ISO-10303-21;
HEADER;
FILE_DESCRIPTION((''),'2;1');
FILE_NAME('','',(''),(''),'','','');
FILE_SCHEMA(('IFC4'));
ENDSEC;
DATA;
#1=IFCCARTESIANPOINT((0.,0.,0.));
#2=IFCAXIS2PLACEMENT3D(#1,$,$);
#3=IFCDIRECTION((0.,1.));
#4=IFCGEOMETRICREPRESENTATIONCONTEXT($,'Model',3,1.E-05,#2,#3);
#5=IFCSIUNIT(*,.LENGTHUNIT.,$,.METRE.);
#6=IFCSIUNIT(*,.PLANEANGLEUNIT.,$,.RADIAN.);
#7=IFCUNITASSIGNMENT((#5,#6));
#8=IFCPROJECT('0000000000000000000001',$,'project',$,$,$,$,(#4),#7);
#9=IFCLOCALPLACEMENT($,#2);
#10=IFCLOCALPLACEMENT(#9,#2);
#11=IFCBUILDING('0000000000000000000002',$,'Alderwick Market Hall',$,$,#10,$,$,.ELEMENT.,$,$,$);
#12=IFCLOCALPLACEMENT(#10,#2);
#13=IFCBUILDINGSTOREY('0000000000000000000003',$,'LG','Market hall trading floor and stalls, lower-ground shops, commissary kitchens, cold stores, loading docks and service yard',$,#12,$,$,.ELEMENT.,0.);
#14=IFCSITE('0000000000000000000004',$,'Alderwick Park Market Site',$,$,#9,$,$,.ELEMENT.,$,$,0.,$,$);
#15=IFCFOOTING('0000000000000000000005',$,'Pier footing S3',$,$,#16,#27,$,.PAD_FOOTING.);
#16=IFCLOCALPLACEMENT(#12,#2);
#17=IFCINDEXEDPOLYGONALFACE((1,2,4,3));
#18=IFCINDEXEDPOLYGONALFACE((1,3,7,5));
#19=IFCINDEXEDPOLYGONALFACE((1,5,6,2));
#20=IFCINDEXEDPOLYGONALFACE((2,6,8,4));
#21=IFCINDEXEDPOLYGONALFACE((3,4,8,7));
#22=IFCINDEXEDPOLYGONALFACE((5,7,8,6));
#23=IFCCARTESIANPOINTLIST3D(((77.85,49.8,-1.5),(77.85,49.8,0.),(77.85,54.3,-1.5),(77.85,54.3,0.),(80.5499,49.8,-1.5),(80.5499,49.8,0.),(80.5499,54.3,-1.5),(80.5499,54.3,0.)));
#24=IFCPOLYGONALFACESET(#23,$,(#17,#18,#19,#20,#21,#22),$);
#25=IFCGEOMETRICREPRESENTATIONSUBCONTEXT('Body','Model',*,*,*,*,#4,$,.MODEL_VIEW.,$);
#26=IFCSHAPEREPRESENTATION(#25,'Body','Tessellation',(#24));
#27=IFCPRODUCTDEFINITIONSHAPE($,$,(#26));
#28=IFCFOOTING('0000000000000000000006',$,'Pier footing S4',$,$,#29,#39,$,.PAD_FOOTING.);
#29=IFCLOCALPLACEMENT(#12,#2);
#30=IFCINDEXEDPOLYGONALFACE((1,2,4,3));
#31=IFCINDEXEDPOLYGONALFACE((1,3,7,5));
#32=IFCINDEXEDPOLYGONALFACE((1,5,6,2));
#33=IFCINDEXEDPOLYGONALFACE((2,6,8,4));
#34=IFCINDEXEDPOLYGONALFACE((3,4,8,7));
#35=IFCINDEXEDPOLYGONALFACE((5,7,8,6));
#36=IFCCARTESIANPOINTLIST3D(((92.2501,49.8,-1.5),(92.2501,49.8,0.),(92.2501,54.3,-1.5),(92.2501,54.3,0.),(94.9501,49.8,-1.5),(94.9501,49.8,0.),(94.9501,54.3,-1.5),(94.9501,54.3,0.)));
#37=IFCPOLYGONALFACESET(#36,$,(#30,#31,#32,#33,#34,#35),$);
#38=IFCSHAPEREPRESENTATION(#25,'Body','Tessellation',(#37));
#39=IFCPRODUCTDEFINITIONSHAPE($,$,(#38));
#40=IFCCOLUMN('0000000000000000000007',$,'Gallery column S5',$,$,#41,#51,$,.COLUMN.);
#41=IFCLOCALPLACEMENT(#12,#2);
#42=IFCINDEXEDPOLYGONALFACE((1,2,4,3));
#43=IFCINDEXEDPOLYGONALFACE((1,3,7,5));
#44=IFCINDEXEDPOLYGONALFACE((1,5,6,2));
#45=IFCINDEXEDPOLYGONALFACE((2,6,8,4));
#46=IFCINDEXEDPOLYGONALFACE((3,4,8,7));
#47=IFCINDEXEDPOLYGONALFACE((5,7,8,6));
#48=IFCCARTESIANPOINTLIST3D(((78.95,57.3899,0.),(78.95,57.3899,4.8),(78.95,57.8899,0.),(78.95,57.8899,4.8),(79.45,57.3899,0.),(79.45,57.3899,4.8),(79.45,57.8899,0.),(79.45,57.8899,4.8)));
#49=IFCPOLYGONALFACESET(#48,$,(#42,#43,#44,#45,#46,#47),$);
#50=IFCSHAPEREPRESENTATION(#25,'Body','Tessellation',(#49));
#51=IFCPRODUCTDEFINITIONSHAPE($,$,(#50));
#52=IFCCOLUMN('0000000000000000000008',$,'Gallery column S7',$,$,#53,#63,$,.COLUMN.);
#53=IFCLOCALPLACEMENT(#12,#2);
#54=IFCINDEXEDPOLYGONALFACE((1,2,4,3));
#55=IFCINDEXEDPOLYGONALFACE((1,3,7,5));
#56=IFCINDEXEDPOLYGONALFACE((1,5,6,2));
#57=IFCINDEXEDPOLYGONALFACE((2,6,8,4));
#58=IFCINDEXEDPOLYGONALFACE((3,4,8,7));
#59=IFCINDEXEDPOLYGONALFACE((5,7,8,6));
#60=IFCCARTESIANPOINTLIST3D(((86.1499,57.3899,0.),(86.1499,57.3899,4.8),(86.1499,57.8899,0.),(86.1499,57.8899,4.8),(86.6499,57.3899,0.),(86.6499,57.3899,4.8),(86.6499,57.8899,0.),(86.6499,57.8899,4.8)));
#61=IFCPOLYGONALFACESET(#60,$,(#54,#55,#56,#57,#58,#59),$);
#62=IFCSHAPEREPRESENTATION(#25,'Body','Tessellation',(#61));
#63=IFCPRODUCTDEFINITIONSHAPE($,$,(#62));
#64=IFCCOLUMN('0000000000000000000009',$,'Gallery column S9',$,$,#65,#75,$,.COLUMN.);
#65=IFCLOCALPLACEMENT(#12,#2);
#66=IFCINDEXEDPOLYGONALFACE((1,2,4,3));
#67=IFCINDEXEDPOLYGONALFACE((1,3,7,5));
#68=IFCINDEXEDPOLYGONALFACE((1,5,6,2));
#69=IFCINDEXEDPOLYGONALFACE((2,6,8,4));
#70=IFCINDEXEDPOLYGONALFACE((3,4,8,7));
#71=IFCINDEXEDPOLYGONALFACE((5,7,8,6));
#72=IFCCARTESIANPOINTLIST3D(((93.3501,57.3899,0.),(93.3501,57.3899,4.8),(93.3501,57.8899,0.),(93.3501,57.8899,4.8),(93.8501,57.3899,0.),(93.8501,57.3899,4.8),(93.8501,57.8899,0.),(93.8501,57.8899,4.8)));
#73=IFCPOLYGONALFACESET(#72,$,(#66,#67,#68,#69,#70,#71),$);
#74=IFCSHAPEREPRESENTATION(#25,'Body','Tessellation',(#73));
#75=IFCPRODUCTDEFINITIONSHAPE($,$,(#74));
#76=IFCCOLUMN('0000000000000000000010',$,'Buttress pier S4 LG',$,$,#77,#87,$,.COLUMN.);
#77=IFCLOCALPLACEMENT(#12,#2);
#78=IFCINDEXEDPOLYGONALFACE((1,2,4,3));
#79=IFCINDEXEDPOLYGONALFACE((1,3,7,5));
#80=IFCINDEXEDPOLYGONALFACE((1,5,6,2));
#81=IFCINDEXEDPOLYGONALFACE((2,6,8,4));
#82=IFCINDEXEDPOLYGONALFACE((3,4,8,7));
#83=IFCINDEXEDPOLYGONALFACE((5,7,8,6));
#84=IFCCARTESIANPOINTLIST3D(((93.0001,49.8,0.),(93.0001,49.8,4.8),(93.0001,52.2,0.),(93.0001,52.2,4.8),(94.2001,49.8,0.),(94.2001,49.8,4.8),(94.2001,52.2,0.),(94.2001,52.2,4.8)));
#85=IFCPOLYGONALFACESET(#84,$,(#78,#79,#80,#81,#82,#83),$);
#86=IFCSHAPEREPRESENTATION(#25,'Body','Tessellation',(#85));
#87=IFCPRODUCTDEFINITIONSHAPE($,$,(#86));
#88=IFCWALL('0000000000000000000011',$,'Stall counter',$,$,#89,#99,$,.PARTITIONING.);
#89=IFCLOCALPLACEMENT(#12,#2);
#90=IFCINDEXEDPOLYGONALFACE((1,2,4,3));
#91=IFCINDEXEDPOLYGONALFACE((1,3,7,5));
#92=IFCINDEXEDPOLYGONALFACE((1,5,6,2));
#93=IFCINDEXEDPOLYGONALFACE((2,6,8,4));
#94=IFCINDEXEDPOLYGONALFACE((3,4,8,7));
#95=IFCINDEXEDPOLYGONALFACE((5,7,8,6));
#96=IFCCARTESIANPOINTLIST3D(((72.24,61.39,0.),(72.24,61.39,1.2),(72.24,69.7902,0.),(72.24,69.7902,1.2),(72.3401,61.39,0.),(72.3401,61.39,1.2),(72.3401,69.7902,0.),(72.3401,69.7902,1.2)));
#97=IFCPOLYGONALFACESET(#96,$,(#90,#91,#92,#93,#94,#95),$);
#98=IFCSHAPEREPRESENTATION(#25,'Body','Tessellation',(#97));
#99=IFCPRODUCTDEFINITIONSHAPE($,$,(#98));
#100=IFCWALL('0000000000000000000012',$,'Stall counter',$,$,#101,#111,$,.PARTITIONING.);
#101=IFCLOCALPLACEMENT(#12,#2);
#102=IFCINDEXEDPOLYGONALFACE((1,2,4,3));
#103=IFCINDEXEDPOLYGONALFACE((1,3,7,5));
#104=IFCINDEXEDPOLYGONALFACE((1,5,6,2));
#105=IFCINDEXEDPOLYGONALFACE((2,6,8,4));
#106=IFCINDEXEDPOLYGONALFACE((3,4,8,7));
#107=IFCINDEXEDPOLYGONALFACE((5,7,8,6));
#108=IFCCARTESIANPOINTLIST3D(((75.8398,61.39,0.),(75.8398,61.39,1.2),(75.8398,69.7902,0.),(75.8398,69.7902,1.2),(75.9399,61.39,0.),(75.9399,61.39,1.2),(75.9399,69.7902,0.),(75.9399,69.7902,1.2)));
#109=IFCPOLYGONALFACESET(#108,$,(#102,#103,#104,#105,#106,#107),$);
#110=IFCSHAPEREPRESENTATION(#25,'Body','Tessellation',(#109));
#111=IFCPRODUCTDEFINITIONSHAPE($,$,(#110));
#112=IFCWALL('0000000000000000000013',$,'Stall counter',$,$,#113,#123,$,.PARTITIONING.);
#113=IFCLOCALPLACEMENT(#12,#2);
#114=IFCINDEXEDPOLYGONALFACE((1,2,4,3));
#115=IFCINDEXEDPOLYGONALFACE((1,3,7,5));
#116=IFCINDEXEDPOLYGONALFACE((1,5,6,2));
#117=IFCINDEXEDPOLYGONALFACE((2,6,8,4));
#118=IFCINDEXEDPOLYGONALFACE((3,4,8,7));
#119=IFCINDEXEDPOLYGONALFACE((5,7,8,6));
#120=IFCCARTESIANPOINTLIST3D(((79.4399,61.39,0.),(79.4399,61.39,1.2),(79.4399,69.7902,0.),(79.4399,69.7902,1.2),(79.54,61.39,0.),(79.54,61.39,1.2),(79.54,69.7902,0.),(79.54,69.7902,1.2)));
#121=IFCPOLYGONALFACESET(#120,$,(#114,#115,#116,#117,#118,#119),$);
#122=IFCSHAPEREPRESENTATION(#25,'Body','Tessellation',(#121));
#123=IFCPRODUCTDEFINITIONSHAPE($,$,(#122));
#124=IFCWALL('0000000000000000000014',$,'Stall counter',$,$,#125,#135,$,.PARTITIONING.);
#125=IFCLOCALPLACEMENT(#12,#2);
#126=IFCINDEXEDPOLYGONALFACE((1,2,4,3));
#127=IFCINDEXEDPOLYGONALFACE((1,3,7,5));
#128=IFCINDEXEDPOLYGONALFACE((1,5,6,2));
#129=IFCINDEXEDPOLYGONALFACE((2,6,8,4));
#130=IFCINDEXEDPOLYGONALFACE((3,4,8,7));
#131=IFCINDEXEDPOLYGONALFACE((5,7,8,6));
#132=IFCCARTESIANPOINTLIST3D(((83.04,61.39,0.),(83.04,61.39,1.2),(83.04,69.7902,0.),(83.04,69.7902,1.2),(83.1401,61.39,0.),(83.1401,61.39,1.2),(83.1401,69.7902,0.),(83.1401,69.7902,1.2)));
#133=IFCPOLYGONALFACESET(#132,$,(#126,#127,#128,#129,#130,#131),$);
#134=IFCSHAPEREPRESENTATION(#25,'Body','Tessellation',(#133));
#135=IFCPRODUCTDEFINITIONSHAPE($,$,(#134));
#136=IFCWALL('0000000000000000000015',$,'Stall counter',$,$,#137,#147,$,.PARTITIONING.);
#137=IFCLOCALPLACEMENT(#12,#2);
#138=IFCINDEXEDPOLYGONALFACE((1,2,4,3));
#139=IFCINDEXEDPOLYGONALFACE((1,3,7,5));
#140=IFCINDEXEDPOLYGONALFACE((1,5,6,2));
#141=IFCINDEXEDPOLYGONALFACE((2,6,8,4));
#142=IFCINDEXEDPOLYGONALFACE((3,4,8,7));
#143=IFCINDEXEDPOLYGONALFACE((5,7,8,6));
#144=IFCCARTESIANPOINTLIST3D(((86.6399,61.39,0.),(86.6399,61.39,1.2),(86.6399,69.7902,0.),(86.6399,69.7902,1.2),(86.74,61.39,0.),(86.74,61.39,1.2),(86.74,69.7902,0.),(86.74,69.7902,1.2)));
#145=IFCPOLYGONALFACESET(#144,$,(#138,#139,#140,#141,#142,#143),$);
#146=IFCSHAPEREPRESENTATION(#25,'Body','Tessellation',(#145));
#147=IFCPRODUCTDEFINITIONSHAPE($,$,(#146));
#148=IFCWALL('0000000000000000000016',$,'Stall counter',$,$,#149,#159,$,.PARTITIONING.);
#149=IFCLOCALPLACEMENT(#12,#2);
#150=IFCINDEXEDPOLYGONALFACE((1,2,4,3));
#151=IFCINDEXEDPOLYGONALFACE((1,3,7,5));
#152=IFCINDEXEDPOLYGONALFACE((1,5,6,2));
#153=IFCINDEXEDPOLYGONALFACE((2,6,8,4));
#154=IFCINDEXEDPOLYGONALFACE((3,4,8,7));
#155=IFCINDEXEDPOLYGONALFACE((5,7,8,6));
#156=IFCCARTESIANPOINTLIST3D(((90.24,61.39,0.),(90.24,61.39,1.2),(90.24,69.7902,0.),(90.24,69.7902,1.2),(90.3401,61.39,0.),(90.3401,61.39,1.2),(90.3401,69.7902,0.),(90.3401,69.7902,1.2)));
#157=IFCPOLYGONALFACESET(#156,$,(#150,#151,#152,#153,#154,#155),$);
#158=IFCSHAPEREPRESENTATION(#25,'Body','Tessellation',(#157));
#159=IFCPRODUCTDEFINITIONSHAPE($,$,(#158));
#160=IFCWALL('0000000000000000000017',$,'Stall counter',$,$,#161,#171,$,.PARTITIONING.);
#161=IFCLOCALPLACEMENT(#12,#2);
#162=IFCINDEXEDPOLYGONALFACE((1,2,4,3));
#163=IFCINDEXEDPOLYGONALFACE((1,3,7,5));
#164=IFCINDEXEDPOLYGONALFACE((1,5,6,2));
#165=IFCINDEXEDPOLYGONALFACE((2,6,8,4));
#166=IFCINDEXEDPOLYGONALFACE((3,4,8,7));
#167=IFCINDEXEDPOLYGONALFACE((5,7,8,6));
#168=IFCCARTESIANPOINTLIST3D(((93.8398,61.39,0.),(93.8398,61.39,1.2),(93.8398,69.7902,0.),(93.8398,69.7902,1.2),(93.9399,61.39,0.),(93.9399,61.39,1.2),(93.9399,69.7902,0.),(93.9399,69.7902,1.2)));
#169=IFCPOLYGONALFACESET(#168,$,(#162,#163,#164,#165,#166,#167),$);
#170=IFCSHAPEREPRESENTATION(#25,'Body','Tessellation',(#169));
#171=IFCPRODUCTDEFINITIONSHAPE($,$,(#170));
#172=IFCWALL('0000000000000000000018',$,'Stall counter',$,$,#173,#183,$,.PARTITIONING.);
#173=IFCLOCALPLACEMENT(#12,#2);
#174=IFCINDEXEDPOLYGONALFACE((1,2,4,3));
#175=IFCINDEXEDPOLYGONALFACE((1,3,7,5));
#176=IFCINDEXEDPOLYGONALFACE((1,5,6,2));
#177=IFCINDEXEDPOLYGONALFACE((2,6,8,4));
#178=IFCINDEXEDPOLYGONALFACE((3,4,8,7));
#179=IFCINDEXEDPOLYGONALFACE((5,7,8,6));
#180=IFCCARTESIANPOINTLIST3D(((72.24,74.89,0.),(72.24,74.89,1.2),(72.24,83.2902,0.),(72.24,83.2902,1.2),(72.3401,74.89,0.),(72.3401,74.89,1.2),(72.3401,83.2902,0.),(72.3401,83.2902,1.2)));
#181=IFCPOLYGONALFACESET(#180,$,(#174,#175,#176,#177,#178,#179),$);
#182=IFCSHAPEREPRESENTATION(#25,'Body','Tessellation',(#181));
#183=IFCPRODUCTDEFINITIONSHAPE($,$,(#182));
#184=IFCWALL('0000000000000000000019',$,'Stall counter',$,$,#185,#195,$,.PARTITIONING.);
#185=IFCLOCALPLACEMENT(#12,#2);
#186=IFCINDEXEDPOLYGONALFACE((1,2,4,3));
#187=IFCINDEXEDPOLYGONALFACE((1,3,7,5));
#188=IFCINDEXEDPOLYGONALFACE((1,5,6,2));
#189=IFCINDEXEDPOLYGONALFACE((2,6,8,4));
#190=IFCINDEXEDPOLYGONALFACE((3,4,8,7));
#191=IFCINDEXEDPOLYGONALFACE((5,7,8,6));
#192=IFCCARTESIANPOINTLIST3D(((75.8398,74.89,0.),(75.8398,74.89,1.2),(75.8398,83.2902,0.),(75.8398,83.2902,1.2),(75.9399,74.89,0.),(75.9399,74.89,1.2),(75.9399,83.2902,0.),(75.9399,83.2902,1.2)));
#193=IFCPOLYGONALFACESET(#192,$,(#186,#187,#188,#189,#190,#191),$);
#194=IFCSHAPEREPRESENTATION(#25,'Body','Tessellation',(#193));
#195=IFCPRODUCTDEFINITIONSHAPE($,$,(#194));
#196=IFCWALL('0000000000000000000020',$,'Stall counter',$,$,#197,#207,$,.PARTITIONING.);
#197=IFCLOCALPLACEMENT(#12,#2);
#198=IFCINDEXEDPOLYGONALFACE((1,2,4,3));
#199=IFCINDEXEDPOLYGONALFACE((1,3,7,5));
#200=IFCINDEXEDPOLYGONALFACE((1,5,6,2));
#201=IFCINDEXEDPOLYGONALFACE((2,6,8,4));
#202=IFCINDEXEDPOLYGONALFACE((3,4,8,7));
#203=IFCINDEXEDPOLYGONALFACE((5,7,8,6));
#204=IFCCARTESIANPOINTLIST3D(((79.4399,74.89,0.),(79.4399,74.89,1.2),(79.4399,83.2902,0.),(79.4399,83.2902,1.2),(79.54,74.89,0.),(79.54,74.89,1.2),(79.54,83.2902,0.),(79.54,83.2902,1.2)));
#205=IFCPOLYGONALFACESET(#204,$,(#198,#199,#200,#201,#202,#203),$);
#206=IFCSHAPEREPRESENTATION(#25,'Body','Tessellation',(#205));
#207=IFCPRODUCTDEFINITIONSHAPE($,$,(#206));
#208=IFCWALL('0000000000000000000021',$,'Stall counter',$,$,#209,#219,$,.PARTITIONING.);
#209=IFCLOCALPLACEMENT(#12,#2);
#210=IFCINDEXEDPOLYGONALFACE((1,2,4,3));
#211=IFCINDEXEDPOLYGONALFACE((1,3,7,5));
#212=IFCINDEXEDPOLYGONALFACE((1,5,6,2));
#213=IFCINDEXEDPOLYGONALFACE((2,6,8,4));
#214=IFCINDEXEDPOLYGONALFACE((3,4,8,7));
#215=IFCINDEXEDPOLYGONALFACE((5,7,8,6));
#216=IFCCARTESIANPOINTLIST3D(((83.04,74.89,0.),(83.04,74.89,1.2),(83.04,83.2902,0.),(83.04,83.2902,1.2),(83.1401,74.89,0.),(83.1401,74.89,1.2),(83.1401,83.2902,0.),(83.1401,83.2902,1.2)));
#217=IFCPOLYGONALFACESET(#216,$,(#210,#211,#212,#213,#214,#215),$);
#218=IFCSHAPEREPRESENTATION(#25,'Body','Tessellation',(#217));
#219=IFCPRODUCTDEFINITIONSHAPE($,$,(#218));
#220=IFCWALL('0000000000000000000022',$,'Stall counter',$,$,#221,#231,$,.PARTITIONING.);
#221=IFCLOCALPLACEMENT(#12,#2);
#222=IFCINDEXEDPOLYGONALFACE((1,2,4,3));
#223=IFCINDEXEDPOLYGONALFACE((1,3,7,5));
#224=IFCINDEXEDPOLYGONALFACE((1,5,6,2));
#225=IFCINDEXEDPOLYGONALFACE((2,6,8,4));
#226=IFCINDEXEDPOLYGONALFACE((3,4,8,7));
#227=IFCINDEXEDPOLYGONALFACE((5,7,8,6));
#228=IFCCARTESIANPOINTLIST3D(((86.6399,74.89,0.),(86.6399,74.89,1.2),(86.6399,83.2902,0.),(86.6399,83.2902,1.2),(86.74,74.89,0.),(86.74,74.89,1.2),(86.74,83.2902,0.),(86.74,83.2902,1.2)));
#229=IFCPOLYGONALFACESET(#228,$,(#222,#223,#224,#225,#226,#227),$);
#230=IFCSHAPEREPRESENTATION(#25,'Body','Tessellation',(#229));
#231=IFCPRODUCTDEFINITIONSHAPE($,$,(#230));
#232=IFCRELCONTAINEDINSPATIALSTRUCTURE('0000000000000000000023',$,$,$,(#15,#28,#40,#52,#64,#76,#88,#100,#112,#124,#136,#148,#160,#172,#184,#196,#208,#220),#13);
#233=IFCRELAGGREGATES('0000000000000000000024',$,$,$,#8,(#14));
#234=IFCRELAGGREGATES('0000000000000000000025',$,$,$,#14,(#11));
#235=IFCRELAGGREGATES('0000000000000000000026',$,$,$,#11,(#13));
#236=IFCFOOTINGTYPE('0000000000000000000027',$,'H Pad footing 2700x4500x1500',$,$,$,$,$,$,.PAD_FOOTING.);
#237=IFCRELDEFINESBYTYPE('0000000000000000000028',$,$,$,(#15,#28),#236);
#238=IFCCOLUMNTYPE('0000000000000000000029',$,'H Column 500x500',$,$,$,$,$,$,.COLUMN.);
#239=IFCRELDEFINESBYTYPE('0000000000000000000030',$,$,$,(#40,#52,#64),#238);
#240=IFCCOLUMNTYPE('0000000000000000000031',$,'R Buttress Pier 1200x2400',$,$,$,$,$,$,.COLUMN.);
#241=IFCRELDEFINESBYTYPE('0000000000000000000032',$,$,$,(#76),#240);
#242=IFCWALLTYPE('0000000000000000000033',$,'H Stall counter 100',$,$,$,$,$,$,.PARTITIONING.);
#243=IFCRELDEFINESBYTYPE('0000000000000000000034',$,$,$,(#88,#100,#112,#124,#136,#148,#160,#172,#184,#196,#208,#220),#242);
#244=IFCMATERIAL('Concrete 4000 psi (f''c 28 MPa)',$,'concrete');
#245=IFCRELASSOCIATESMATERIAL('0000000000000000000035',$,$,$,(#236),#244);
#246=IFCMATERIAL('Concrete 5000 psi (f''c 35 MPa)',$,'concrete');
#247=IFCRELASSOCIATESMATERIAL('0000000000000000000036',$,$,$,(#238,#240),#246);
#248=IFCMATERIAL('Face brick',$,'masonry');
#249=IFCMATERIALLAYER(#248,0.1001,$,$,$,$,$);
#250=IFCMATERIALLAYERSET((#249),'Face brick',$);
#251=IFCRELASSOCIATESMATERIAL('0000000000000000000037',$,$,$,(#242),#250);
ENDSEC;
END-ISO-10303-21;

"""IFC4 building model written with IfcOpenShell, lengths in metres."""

from ifc_helpers import new_model, si_unit, direction, frame, frame_2d, origin, origin_2d, place, context, subcontext, project, spatial, rectangle, extrude, material, layer, layer_set, material_profile, profile_set, type_object, element, save


model = new_model("IFC4")

# Units and contexts
model_context = context("Model", 3, precision=1e-05, world=origin(), true_north=direction((0.0, 1.0)))
body_context = subcontext(model_context, "Body", "Model", "MODEL_VIEW")
ifc_project = project(units=[si_unit("LENGTHUNIT", "METRE"), si_unit("PLANEANGLEUNIT", "RADIAN")], contexts=[model_context])

# Site, building, storey
site_placement = place(None, origin())
site = spatial("IfcSite", under=ifc_project, at=site_placement, Name="Alderwick Park Market Site", CompositionType="ELEMENT", RefElevation=0.0)
building_placement = place(site_placement, origin())
building = spatial("IfcBuilding", under=site, at=building_placement, Name="Alderwick Market Hall", CompositionType="ELEMENT")
storey_placement = place(building_placement, origin())
storey = spatial("IfcBuildingStorey", under=building, at=storey_placement, Name="LG", Description="Market hall trading floor and stalls, lower-ground shops, commissary kitchens, cold stores, loading docks and service yard", CompositionType="ELEMENT", Elevation=0.0)

# Footings
ifc_material_1 = material(Name="Concrete 4000 psi (f'c 28 MPa)", Category="concrete")
footing_type = type_object("IfcFootingType", Name="H Pad footing 2700x4500x1500", PredefinedType="PAD_FOOTING", material=ifc_material_1)
for number, where, z_axis, x_axis, name in (
    (1, (79.2, 52.05, -1.5), (0.0, 0.0, 1.0), (1.0, 0.0, 0.0), "Pier footing S3"),
    (2, (93.6001, 52.05, -1.5), (0.0, 0.0, 1.0), (1.0, 0.0, 0.0), "Pier footing S4"),
):
    element("IfcFooting", number, at=place(storey_placement, frame(where, z_axis=z_axis, x_axis=x_axis)), inside=storey, type_object=footing_type, Name=name, PredefinedType="PAD_FOOTING", context=body_context, shape_type="SweptSolid", body=[
        extrude(rectangle(XDim=2.7, YDim=4.5, at=origin_2d()), origin(), (0.0, 0.0, 1.0), 1.5),
    ])

# Columns
ifc_material_2 = material(Name="Concrete 5000 psi (f'c 35 MPa)", Category="concrete")
ifc_material_profile_1 = material_profile(ifc_material_2, rectangle(XDim=0.5, YDim=0.5, at=origin_2d()), Name="RC 500x500")
ifc_profile_set_1 = profile_set([ifc_material_profile_1], Name="Concrete 5000 psi (f'c 35 MPa)")
column_type_1 = type_object("IfcColumnType", Name="H Column 500x500", PredefinedType="COLUMN", material=ifc_profile_set_1)
for number, where, z_axis, x_axis, name in (
    (3, (79.2, 57.6399, 0.0), (0.0, 0.0, 1.0), (1.0, 0.0, 0.0), "Gallery column S5"),
    (4, (86.3999, 57.6399, 0.0), (0.0, 0.0, 1.0), (1.0, 0.0, 0.0), "Gallery column S7"),
    (5, (93.6001, 57.6399, 0.0), (0.0, 0.0, 1.0), (1.0, 0.0, 0.0), "Gallery column S9"),
):
    element("IfcColumn", number, at=place(storey_placement, frame(where, z_axis=z_axis, x_axis=x_axis)), inside=storey, type_object=column_type_1, Name=name, PredefinedType="COLUMN", context=body_context, shape_type="SweptSolid", body=[
        extrude(rectangle(XDim=0.5, YDim=0.5, at=origin_2d()), origin(), (0.0, 0.0, 1.0), 4.8),
    ])
ifc_material_profile_2 = material_profile(ifc_material_2, rectangle(XDim=1.2, YDim=2.3999, at=origin_2d()), Name="RC 1200x2400")
ifc_profile_set_2 = profile_set([ifc_material_profile_2], Name="Concrete 5000 psi (f'c 35 MPa)")
column_type_2 = type_object("IfcColumnType", Name="R Buttress Pier 1200x2400", PredefinedType="COLUMN", material=ifc_profile_set_2)
column_placement = place(storey_placement, frame((93.6001, 51.0, 0.0), z_axis=(0.0, 0.0, 1.0), x_axis=(1.0, 0.0, 0.0)))
element("IfcColumn", 6, at=column_placement, inside=storey, type_object=column_type_2, Name="Buttress pier S4 LG", PredefinedType="COLUMN", context=body_context, shape_type="SweptSolid", body=[
    extrude(rectangle(XDim=1.2, YDim=2.3999, at=origin_2d()), origin(), (0.0, 0.0, 1.0), 4.8),
])

# Walls
ifc_material_3 = material(Name="Face brick", Category="masonry")
ifc_layer = layer(ifc_material_3, 0.1001)
ifc_layer_set = layer_set([ifc_layer], Name="Face brick")
wall_type = type_object("IfcWallType", Name="H Stall counter 100", PredefinedType="PARTITIONING", material=ifc_layer_set)
for number, where, z_axis, x_axis, name in (
    (7, (72.29, 61.3899, 0.0), (0.0, 0.0, 1.0), (0.0, 1.0, 0.0), "Stall counter"),
    (8, (75.8899, 61.3899, 0.0), (0.0, 0.0, 1.0), (0.0, 1.0, 0.0), "Stall counter"),
    (9, (79.49, 61.3899, 0.0), (0.0, 0.0, 1.0), (0.0, 1.0, 0.0), "Stall counter"),
    (10, (83.0901, 61.3899, 0.0), (0.0, 0.0, 1.0), (0.0, 1.0, 0.0), "Stall counter"),
    (11, (86.6899, 61.3899, 0.0), (0.0, 0.0, 1.0), (0.0, 1.0, 0.0), "Stall counter"),
    (12, (90.29, 61.3899, 0.0), (0.0, 0.0, 1.0), (0.0, 1.0, 0.0), "Stall counter"),
    (13, (93.8899, 61.3899, 0.0), (0.0, 0.0, 1.0), (0.0, 1.0, 0.0), "Stall counter"),
    (14, (72.29, 74.8899, 0.0), (0.0, 0.0, 1.0), (0.0, 1.0, 0.0), "Stall counter"),
    (15, (75.8899, 74.8899, 0.0), (0.0, 0.0, 1.0), (0.0, 1.0, 0.0), "Stall counter"),
    (16, (79.49, 74.8899, 0.0), (0.0, 0.0, 1.0), (0.0, 1.0, 0.0), "Stall counter"),
    (17, (83.0901, 74.8899, 0.0), (0.0, 0.0, 1.0), (0.0, 1.0, 0.0), "Stall counter"),
    (18, (86.6899, 74.8899, 0.0), (0.0, 0.0, 1.0), (0.0, 1.0, 0.0), "Stall counter"),
):
    element("IfcWall", number, at=place(storey_placement, frame(where, z_axis=z_axis, x_axis=x_axis)), inside=storey, type_object=wall_type, Name=name, PredefinedType="PARTITIONING", context=body_context, shape_type="SweptSolid", body=[
        extrude(rectangle(XDim=8.4001, YDim=0.1001, at=frame_2d((4.2002, 0.0))), origin(), (0.0, 0.0, 1.0), 1.2),
    ])

save(model, "model.ifc")
